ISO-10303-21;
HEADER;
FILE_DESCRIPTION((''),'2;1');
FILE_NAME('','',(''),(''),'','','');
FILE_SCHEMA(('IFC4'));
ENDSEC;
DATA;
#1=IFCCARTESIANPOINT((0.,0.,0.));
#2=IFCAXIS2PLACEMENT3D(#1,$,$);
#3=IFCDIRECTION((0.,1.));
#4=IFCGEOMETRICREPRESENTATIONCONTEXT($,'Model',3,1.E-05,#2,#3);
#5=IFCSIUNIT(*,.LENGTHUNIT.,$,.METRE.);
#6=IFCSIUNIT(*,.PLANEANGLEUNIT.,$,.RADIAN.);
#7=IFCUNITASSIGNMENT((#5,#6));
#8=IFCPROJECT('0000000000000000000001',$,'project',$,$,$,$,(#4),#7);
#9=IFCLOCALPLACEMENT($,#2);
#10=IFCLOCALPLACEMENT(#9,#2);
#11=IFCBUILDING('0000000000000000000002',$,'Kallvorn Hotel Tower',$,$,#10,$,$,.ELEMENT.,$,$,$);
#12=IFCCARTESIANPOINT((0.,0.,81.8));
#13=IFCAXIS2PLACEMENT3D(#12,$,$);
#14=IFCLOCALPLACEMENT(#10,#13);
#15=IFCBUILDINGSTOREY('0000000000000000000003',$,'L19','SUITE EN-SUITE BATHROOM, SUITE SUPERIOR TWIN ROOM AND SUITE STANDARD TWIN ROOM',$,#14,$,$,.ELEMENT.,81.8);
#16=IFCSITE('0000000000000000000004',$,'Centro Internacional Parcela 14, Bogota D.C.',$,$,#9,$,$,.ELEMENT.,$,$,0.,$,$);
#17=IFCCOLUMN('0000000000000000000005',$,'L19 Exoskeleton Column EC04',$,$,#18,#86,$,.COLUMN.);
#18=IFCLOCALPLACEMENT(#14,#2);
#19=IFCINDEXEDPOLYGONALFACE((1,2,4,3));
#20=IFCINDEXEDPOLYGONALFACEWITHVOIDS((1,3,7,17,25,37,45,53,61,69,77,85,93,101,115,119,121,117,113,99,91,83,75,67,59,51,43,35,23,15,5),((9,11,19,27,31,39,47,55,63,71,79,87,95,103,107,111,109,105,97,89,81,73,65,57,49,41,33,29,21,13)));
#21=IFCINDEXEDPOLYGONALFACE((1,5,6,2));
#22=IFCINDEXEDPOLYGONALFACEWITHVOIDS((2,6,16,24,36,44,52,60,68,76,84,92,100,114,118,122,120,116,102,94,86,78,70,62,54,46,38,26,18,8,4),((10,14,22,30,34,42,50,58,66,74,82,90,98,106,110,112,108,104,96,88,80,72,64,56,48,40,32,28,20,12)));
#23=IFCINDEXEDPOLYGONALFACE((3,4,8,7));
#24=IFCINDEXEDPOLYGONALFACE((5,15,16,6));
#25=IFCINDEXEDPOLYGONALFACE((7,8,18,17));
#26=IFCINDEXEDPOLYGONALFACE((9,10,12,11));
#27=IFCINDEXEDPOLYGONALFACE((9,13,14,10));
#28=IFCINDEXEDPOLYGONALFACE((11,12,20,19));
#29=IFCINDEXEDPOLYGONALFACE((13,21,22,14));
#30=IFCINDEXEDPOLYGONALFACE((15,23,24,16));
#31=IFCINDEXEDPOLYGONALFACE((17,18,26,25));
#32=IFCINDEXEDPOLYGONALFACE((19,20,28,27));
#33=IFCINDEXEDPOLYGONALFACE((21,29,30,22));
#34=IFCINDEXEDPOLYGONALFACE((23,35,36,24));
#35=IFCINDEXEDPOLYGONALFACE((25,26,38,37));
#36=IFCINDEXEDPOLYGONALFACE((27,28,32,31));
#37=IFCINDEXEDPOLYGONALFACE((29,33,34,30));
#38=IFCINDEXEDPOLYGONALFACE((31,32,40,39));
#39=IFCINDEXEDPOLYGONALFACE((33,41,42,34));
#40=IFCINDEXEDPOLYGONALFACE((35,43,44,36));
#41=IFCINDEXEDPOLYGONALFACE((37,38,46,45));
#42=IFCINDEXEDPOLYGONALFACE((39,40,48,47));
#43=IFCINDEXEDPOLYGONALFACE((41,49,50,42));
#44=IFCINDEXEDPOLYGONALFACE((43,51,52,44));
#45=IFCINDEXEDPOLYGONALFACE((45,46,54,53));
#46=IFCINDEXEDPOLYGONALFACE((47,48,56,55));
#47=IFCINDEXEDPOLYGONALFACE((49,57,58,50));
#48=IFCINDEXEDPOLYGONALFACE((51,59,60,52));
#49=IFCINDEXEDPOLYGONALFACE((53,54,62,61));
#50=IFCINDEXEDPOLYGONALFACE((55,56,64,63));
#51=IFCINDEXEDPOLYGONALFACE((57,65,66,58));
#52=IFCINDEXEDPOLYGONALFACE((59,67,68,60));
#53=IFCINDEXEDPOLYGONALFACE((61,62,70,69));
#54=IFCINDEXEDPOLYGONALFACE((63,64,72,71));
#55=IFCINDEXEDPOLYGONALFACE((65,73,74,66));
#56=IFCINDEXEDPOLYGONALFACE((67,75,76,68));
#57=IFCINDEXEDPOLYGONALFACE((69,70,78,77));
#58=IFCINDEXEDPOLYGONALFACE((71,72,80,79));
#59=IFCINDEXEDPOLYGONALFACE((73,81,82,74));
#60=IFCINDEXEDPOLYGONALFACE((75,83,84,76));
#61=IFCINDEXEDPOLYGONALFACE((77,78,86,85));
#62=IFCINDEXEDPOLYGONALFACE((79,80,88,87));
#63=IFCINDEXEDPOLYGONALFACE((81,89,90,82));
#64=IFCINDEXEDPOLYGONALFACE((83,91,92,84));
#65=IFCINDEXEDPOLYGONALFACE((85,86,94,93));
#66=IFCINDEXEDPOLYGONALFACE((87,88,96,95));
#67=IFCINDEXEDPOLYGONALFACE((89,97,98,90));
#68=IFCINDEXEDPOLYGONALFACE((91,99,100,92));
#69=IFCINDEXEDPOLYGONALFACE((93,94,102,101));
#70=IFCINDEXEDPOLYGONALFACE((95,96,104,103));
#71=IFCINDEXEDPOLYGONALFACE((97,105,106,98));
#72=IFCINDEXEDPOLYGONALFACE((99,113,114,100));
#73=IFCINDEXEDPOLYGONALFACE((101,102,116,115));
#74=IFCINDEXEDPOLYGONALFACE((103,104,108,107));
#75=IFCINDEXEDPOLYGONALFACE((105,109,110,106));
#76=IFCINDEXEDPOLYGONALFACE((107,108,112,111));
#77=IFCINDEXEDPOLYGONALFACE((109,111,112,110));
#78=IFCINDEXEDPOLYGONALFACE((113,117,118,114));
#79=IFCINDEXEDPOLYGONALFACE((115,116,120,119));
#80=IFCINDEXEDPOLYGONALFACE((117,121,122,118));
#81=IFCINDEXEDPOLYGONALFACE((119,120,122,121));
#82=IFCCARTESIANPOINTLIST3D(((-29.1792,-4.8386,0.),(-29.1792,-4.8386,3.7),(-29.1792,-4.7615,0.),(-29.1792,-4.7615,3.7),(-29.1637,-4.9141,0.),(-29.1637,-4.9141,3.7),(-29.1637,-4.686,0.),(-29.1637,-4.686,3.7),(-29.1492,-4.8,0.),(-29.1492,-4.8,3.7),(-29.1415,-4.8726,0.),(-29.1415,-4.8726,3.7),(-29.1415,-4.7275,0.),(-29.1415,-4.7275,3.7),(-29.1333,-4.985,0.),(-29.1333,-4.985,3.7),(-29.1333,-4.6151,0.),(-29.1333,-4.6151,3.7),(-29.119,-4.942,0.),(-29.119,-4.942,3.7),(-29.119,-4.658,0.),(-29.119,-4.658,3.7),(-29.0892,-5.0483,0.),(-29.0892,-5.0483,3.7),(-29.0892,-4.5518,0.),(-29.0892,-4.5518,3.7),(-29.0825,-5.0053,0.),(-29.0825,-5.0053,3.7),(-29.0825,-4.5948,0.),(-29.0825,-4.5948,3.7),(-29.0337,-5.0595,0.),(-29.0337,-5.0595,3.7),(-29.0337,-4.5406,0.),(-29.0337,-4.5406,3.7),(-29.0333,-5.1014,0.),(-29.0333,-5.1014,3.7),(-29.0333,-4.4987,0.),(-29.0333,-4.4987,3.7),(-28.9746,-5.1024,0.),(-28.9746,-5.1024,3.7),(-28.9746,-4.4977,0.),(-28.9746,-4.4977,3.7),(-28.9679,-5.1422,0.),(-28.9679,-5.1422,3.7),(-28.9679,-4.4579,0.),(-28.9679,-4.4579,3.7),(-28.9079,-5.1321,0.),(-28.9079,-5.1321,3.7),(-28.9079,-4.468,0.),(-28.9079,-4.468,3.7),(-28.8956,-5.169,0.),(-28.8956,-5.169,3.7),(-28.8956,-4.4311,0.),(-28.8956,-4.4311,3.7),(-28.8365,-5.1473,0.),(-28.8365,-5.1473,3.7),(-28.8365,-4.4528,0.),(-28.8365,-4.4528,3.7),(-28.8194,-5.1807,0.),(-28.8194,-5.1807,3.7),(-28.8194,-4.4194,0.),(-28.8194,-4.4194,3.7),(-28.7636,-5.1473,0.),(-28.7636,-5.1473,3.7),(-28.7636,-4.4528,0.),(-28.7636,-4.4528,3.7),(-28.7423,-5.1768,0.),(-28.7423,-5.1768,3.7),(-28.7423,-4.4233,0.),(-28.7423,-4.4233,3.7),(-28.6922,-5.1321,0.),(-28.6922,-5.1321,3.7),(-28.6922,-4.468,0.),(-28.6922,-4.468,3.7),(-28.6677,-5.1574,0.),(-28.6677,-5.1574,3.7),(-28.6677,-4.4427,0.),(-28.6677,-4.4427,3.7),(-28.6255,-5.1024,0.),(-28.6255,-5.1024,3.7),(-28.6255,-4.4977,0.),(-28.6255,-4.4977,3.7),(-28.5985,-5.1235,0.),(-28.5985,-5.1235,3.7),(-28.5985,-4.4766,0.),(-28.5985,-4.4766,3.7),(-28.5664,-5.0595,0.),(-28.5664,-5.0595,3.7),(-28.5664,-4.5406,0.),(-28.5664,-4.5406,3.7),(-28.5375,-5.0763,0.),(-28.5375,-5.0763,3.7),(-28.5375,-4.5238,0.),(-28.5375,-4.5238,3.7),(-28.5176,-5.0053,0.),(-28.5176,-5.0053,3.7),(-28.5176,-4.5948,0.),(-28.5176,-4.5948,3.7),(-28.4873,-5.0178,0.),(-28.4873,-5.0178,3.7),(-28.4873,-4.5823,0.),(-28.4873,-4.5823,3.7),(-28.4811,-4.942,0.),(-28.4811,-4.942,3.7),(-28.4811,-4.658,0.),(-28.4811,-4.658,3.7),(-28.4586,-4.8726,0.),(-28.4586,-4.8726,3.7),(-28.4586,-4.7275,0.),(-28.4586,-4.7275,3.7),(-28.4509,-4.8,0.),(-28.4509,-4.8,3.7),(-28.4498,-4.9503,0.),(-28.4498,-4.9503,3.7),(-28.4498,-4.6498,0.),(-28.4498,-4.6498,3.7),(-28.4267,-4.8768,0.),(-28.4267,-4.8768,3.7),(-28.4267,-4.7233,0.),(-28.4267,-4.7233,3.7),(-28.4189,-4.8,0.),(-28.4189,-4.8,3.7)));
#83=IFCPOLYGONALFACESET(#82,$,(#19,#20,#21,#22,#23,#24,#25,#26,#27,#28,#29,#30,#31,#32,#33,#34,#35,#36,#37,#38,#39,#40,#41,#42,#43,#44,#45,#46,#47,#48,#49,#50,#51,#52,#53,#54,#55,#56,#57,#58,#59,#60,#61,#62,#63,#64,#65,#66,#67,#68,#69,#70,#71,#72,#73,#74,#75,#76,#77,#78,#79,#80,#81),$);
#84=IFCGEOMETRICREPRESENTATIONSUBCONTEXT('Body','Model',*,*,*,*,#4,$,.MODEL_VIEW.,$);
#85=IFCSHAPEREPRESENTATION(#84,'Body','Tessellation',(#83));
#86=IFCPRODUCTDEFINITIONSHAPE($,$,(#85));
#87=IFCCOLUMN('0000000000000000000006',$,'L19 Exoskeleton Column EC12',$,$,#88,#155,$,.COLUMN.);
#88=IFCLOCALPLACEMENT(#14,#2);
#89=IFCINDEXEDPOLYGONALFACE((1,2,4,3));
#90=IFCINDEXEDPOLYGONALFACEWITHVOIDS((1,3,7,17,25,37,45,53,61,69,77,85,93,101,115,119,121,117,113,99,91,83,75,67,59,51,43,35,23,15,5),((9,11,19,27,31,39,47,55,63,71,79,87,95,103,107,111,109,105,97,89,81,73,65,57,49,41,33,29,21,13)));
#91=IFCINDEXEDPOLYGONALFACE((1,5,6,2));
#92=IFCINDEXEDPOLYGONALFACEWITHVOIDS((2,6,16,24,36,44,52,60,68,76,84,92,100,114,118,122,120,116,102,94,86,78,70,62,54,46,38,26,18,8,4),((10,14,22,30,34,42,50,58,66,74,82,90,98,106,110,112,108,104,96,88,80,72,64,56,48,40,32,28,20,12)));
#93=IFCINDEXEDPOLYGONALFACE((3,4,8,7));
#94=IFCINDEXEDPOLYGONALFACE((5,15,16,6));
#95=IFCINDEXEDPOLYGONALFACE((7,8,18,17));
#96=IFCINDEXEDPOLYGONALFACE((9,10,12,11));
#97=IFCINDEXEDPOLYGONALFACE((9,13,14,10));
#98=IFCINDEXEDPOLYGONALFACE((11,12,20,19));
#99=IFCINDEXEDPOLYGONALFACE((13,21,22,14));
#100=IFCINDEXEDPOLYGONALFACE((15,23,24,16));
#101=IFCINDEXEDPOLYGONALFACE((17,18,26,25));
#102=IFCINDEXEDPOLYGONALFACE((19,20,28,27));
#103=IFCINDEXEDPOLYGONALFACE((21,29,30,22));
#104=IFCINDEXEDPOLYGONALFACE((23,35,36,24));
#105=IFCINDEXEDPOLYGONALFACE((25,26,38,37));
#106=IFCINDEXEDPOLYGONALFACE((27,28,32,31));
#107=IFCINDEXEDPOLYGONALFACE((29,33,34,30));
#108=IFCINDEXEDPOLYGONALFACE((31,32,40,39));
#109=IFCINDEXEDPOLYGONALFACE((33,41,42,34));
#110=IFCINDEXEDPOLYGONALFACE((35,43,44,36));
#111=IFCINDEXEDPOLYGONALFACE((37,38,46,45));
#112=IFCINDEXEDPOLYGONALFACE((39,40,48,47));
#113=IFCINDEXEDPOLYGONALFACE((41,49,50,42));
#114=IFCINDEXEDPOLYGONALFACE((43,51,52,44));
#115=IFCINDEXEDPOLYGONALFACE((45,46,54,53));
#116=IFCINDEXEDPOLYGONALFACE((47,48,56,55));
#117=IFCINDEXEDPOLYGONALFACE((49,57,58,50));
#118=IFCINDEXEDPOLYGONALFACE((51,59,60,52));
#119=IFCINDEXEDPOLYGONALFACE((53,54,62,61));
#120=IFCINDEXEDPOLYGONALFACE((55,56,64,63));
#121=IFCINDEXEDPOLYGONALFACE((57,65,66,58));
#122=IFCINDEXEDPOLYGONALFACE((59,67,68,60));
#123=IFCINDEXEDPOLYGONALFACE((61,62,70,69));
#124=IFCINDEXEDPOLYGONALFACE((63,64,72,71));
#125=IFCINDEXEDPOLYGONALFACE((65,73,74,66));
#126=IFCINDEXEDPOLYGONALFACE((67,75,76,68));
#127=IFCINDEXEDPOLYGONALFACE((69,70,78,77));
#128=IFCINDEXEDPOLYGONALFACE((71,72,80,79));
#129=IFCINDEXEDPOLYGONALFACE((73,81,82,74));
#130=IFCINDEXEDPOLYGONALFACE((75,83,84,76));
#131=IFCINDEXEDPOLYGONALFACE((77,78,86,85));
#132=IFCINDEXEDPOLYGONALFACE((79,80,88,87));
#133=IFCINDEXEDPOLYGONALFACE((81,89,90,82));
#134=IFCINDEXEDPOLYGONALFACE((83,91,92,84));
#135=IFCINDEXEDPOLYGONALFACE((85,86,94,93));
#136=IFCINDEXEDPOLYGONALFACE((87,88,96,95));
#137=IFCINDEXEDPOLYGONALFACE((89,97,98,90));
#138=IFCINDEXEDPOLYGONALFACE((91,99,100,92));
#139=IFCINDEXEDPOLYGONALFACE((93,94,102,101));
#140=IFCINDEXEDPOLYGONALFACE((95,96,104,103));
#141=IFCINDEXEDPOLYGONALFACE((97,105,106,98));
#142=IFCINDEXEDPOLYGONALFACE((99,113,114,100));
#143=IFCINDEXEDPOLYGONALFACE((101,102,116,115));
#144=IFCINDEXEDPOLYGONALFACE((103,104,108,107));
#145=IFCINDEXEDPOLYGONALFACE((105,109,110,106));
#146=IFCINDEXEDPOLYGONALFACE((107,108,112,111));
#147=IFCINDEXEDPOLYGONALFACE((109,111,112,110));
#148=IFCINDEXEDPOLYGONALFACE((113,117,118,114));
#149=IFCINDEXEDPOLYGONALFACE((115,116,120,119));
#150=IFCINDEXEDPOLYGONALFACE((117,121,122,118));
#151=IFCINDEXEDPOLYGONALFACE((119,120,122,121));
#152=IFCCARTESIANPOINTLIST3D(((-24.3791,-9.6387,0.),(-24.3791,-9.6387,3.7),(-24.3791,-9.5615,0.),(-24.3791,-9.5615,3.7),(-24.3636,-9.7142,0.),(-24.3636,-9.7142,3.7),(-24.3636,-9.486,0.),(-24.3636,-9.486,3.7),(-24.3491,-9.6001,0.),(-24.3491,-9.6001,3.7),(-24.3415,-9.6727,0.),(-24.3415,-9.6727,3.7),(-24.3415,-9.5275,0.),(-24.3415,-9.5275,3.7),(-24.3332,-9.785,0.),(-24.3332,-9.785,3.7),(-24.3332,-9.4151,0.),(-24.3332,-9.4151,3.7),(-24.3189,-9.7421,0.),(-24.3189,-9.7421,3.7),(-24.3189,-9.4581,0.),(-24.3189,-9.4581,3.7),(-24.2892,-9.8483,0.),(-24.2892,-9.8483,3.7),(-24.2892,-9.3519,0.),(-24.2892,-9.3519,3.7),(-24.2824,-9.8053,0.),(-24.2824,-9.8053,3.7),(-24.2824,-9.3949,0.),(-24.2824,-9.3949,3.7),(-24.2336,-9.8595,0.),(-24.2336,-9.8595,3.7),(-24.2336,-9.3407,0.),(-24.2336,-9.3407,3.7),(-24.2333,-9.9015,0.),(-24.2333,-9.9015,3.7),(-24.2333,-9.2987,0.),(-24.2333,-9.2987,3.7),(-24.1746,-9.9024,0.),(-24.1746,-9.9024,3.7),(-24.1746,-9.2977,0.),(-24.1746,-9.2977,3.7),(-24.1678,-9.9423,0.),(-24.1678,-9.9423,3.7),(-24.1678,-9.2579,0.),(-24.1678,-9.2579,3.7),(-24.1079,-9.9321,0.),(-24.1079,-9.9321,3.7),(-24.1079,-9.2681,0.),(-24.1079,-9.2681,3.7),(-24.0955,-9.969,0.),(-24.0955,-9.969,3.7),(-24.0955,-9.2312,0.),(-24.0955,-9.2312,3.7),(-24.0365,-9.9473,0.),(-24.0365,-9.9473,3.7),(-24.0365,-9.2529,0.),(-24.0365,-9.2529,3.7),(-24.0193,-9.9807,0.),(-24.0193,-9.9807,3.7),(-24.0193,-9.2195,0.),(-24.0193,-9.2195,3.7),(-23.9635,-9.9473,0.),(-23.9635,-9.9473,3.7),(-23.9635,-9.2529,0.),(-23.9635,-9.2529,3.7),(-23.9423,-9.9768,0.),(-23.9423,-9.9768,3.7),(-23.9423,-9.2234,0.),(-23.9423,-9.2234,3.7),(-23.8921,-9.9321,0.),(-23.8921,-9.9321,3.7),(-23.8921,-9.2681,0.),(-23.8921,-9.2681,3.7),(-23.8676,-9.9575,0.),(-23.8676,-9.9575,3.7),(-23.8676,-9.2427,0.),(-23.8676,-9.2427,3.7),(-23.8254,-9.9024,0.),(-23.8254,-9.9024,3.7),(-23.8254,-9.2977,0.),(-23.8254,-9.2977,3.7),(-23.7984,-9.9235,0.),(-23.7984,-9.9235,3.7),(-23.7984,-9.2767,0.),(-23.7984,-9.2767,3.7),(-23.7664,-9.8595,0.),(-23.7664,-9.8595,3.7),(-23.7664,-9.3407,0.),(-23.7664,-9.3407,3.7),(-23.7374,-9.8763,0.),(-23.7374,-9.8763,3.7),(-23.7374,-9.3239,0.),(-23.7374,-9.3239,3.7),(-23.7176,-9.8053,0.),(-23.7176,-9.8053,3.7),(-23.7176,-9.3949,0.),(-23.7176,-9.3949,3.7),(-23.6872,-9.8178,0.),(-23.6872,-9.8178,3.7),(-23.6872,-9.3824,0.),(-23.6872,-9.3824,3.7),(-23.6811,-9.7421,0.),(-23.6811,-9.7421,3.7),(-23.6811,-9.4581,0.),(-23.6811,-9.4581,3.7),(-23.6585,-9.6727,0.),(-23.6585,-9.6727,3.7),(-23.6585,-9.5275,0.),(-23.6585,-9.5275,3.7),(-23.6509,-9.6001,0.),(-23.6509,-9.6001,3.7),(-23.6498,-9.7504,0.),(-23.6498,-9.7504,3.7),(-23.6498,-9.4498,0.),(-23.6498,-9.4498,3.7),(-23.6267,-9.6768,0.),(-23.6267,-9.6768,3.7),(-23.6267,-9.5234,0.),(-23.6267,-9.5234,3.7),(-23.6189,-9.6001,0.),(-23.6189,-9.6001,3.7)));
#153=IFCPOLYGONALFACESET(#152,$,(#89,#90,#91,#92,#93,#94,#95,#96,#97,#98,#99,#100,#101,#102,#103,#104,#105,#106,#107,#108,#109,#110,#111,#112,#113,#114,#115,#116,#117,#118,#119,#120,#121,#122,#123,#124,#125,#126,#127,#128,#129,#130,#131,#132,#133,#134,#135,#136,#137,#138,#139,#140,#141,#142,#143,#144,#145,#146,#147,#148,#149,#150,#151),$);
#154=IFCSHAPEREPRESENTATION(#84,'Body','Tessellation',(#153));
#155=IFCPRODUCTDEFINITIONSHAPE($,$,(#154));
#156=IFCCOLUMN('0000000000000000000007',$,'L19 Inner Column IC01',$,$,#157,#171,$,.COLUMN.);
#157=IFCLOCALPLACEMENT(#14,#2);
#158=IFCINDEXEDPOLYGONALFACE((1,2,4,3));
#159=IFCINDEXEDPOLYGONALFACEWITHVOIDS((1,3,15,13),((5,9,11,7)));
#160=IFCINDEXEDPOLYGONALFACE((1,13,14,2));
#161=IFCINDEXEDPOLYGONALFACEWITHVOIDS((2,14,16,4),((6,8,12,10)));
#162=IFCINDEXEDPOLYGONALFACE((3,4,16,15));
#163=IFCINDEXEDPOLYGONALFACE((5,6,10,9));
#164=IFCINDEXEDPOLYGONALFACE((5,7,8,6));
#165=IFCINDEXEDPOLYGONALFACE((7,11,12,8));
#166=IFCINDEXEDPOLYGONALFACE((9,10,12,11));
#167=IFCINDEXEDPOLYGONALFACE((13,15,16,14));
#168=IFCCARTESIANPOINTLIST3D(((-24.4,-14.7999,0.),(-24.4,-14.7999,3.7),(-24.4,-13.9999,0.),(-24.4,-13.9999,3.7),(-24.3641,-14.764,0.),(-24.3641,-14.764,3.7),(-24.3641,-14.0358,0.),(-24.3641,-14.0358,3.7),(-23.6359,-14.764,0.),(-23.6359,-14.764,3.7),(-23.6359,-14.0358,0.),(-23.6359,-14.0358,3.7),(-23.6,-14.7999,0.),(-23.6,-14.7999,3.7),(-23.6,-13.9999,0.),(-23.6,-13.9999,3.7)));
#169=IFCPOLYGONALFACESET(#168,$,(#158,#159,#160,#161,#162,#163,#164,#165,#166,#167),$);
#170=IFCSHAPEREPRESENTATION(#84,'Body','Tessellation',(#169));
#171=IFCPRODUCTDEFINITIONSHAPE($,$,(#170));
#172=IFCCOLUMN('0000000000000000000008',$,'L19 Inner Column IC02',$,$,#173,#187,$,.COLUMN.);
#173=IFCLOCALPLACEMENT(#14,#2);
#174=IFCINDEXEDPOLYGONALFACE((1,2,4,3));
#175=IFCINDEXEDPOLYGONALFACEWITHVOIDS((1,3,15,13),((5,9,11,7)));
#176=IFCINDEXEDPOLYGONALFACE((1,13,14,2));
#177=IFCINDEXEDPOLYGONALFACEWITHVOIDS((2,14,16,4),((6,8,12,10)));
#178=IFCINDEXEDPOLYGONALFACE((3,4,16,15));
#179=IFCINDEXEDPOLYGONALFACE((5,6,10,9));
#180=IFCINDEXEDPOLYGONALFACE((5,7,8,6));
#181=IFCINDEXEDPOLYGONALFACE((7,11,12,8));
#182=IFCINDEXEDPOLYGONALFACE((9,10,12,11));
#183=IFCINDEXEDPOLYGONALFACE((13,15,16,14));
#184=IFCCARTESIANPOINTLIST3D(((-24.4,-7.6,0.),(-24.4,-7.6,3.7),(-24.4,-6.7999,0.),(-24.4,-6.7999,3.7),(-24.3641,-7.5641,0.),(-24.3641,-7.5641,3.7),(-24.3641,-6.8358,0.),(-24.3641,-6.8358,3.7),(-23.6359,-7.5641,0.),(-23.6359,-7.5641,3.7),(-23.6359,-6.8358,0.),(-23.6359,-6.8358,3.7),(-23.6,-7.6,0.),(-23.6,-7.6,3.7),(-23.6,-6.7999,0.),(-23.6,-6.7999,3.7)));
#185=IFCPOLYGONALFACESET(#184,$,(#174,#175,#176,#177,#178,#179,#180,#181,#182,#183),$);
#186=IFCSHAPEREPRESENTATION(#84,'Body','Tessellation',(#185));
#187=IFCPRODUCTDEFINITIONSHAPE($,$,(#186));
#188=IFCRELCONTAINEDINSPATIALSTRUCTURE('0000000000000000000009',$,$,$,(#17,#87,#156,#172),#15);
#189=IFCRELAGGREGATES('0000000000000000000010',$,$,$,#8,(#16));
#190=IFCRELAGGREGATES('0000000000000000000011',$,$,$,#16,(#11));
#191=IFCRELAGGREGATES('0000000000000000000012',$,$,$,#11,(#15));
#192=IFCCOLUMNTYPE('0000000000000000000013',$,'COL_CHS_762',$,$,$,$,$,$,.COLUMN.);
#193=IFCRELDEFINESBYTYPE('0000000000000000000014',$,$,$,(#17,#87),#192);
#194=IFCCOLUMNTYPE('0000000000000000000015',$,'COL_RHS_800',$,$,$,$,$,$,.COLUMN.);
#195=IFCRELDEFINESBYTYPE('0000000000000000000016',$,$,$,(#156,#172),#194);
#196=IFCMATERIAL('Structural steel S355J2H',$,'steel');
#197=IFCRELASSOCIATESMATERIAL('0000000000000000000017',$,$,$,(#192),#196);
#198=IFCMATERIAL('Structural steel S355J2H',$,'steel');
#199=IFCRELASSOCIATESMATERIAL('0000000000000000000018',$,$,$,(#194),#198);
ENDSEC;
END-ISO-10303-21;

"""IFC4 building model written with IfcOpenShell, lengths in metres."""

from ifc_helpers import new_model, si_unit, direction, frame, origin, origin_2d, place, context, subcontext, project, spatial, hollow_rectangle, hollow_circle, extrude, material, material_profile, profile_set, type_object, element, save


model = new_model("IFC4")

# Units and contexts
model_context = context("Model", 3, precision=1e-05, world=origin(), true_north=direction((0.0, 1.0)))
body_context = subcontext(model_context, "Body", "Model", "MODEL_VIEW")
ifc_project = project(units=[si_unit("LENGTHUNIT", "METRE"), si_unit("PLANEANGLEUNIT", "RADIAN")], contexts=[model_context])

# Site, building, storey
site_placement = place(None, origin())
site = spatial("IfcSite", under=ifc_project, at=site_placement, Name="Centro Internacional Parcela 14, Bogota D.C.", CompositionType="ELEMENT", RefElevation=0.0)
building_placement = place(site_placement, origin())
building = spatial("IfcBuilding", under=site, at=building_placement, Name="Kallvorn Hotel Tower", CompositionType="ELEMENT")
storey_placement = place(building_placement, frame((0.0, 0.0, 81.8)))
storey = spatial("IfcBuildingStorey", under=building, at=storey_placement, Name="L19", Description="SUITE EN-SUITE BATHROOM, SUITE SUPERIOR TWIN ROOM AND SUITE STANDARD TWIN ROOM", CompositionType="ELEMENT", Elevation=81.8)

# Columns
ifc_material_1 = material(Name="Structural steel S355J2H", Category="steel")
ifc_material_profile_1 = material_profile(ifc_material_1, hollow_circle(Radius=0.3811, WallThickness=0.032, at=origin_2d()), Name="CHS 762x32")
ifc_profile_set_1 = profile_set([ifc_material_profile_1], Name="Structural steel S355J2H")
column_type_1 = type_object("IfcColumnType", Name="COL_CHS_762", PredefinedType="COLUMN", material=ifc_profile_set_1)
for number, where, z_axis, x_axis, name in (
    (1, (-28.8, -4.8, 0.0), (0.0, 0.0, 1.0), (1.0, 0.0, 0.0), "L19 Exoskeleton Column EC04"),
    (2, (-24.0, -9.6001, 0.0), (0.0, 0.0, 1.0), (1.0, 0.0, 0.0), "L19 Exoskeleton Column EC12"),
):
    element("IfcColumn", number, at=place(storey_placement, frame(where, z_axis=z_axis, x_axis=x_axis)), inside=storey, type_object=column_type_1, Name=name, PredefinedType="COLUMN", context=body_context, shape_type="SweptSolid", body=[
        extrude(hollow_circle(Radius=0.3811, WallThickness=0.032, at=origin_2d()), origin(), (0.0, 0.0, 1.0), 3.7),
    ])
ifc_material_2 = material(Name="Structural steel S355J2H", Category="steel")
ifc_material_profile_2 = material_profile(ifc_material_2, hollow_rectangle(XDim=0.8, YDim=0.8, WallThickness=0.0359, at=origin_2d()), Name="RHS 800x800x36")
ifc_profile_set_2 = profile_set([ifc_material_profile_2], Name="Structural steel S355J2H")
column_type_2 = type_object("IfcColumnType", Name="COL_RHS_800", PredefinedType="COLUMN", material=ifc_profile_set_2)
for number, where, z_axis, x_axis, name in (
    (3, (-24.0, -14.3999, 0.0), (0.0, 0.0, 1.0), (1.0, 0.0, 0.0), "L19 Inner Column IC01"),
    (4, (-24.0, -7.2, 0.0), (0.0, 0.0, 1.0), (1.0, 0.0, 0.0), "L19 Inner Column IC02"),
):
    element("IfcColumn", number, at=place(storey_placement, frame(where, z_axis=z_axis, x_axis=x_axis)), inside=storey, type_object=column_type_2, Name=name, PredefinedType="COLUMN", context=body_context, shape_type="SweptSolid", body=[
        extrude(hollow_rectangle(XDim=0.8, YDim=0.8, WallThickness=0.0359, at=origin_2d()), origin(), (0.0, 0.0, 1.0), 3.7),
    ])

save(model, "model.ifc")
